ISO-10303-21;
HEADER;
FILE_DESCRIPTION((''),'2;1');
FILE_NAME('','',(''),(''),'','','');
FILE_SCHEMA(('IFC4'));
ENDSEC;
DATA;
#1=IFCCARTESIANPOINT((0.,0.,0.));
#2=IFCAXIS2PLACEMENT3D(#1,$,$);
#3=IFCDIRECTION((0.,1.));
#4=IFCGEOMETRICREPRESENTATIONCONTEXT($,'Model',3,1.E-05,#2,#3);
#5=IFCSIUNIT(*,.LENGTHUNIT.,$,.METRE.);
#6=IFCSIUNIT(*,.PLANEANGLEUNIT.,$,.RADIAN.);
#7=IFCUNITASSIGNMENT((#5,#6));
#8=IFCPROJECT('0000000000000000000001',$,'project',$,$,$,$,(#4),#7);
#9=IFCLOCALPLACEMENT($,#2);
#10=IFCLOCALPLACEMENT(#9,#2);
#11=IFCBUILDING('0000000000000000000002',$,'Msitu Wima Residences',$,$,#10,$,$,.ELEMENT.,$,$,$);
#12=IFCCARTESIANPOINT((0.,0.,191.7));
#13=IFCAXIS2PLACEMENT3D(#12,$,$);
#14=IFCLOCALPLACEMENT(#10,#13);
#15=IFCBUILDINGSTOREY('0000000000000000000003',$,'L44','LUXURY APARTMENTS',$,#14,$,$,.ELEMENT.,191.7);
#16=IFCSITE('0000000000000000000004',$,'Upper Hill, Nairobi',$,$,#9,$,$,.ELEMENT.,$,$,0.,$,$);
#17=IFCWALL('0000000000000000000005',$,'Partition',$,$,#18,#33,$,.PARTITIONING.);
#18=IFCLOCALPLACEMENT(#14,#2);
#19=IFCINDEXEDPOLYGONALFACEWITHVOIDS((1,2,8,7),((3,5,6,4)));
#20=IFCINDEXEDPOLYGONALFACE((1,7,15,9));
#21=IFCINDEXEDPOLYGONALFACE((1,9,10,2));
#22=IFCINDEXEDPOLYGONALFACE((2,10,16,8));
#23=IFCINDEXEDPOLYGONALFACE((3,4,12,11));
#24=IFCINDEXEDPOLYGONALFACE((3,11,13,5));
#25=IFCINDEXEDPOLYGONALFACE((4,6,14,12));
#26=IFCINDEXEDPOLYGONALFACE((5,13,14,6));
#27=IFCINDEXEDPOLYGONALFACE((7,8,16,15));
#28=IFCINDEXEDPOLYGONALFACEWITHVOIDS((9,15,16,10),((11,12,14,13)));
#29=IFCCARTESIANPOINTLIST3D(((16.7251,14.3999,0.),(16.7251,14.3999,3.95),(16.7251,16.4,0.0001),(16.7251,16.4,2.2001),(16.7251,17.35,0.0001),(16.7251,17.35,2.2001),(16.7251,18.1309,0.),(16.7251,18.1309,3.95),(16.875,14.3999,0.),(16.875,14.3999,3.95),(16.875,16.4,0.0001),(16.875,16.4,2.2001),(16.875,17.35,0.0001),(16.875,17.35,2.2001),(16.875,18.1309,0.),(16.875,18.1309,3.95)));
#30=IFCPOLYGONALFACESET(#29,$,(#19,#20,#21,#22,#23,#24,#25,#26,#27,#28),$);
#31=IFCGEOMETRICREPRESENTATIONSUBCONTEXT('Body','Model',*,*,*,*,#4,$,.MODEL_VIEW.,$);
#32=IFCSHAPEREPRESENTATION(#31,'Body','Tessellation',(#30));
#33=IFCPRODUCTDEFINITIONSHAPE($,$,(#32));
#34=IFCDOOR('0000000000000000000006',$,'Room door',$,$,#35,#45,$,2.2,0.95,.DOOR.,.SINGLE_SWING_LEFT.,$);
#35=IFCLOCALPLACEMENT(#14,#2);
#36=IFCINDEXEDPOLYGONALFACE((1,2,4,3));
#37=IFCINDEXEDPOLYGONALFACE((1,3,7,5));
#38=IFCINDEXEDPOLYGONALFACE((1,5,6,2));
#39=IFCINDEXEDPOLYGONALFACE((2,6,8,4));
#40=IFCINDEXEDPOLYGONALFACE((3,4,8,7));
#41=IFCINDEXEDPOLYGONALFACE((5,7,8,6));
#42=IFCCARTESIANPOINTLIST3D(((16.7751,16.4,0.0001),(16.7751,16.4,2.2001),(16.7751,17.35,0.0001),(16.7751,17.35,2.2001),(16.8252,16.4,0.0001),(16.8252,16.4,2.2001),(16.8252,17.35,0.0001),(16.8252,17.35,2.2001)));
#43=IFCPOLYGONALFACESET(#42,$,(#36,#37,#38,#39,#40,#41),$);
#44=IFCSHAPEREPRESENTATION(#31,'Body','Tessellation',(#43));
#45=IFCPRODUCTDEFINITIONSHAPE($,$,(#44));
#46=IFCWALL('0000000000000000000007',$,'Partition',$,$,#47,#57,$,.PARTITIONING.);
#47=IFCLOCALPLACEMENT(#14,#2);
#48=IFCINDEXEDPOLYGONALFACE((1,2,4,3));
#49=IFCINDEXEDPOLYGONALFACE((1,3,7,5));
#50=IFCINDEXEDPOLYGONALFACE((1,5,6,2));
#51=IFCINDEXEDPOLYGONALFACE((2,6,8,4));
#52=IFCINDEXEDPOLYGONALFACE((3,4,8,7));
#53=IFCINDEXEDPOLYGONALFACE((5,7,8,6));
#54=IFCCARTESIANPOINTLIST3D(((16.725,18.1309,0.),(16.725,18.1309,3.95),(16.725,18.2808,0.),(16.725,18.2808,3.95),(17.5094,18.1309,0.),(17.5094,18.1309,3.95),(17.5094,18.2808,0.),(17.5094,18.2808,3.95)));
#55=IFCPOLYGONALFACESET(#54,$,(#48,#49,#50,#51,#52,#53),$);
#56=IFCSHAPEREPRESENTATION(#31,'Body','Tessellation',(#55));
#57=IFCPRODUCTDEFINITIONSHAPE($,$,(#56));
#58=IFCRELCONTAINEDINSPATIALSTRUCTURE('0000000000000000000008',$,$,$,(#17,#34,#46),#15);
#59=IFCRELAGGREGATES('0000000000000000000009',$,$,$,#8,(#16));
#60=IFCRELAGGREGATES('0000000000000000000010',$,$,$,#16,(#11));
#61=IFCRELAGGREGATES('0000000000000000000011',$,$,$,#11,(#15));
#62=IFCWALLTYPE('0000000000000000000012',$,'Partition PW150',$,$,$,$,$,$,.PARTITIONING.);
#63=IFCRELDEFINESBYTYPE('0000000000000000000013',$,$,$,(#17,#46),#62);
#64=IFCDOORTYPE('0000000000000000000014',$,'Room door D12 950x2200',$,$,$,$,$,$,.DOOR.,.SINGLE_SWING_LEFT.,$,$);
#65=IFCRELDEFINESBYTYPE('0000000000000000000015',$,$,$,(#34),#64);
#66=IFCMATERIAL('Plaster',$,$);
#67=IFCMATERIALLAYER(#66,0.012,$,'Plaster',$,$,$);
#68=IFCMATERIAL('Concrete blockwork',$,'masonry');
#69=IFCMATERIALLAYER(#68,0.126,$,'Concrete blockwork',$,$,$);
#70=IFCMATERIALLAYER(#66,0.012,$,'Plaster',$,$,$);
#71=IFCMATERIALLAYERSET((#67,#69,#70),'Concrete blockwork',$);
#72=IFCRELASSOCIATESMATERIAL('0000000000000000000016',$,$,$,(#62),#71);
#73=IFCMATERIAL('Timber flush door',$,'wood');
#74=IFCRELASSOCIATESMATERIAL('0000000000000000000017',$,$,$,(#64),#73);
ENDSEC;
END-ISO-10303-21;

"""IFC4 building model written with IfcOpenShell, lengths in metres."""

from ifc_helpers import new_model, si_unit, direction, frame, frame_2d, origin, place, context, subcontext, project, spatial, rectangle, extrude, material, layer, layer_set, type_object, element, fill, save


model = new_model("IFC4")

# Units and contexts
model_context = context("Model", 3, precision=1e-05, world=origin(), true_north=direction((0.0, 1.0)))
body_context = subcontext(model_context, "Body", "Model", "MODEL_VIEW")
ifc_project = project(units=[si_unit("LENGTHUNIT", "METRE"), si_unit("PLANEANGLEUNIT", "RADIAN")], contexts=[model_context])

# Site, building, storey
site_placement = place(None, origin())
site = spatial("IfcSite", under=ifc_project, at=site_placement, Name="Upper Hill, Nairobi", CompositionType="ELEMENT", RefElevation=0.0)
building_placement = place(site_placement, origin())
building = spatial("IfcBuilding", under=site, at=building_placement, Name="Msitu Wima Residences", CompositionType="ELEMENT")
storey_placement = place(building_placement, frame((0.0, 0.0, 191.7)))
storey = spatial("IfcBuildingStorey", under=building, at=storey_placement, Name="L44", Description="LUXURY APARTMENTS", CompositionType="ELEMENT", Elevation=191.7)

# Shared definitions
ifc_material_1 = material(Name="Plaster")
ifc_material_2 = material(Name="Concrete blockwork", Category="masonry")

# Shared definitions
ifc_layer_1 = layer(ifc_material_1, 0.012, Name="Plaster")
ifc_layer_2 = layer(ifc_material_2, 0.126, Name="Concrete blockwork")
ifc_layer_3 = layer(ifc_material_1, 0.012, Name="Plaster")
ifc_layer_set_1 = layer_set([ifc_layer_1, ifc_layer_2, ifc_layer_3], Name="Concrete blockwork")
wall_type_1 = type_object("IfcWallType", Name="Partition PW150", PredefinedType="PARTITIONING", material=ifc_layer_set_1)
ifc_material_3 = material(Name="Timber flush door", Category="wood")
door_type_1 = type_object("IfcDoorType", Name="Room door D12 950x2200", OperationType="SINGLE_SWING_LEFT", PredefinedType="DOOR", material=ifc_material_3)

# Wall, opening, door
wall_1_placement = place(storey_placement, frame((16.8, 14.3999, 0.0), z_axis=(0.0, 0.0, 1.0), x_axis=(0.0, 1.0, 0.0)))
wall_1 = element("IfcWall", 1, at=wall_1_placement, inside=storey, type_object=wall_type_1, Name="Partition", PredefinedType="PARTITIONING", context=body_context, shape_type="SweptSolid", body=[
    extrude(rectangle(XDim=3.731, YDim=0.1499, at=frame_2d((1.8655, 0.0))), origin(), (0.0, 0.0, 1.0), 3.95),
])
opening_1_placement = place(wall_1_placement, frame((2.0, 0.0, 0.0)))
opening_1 = element("IfcOpeningElement", 2, at=opening_1_placement, cuts=wall_1, PredefinedType="OPENING", context=body_context, shape_type="SweptSolid", body=[
    extrude(rectangle(XDim=0.95, YDim=2.2, at=frame_2d((0.4751, 1.1001))), frame((0.0, 0.085, 0.0), z_axis=(0.0, -1.0, 0.0), x_axis=(1.0, 0.0, 0.0)), (0.0, 0.0, 1.0), 0.1699),
])
door_1_placement = place(opening_1_placement, origin())
door_1 = element("IfcDoor", 3, at=door_1_placement, inside=storey, type_object=door_type_1, Name="Room door", OperationType="SINGLE_SWING_LEFT", OverallHeight=2.2, OverallWidth=0.95, PredefinedType="DOOR", context=body_context, shape_type="SweptSolid", body=[
    extrude(rectangle(XDim=0.95, YDim=2.2, at=frame_2d((0.4751, 1.1001))), frame((0.0, 0.0249, 0.0), z_axis=(0.0, -1.0, 0.0), x_axis=(1.0, 0.0, 0.0)), (0.0, 0.0, 1.0), 0.05),
])
fill(opening_1, door_1)

# Wall
wall_2_placement = place(storey_placement, frame((16.7251, 18.2058, 0.0), z_axis=(0.0, 0.0, 1.0), x_axis=(1.0, 0.0, 0.0)))
element("IfcWall", 4, at=wall_2_placement, inside=storey, type_object=wall_type_1, Name="Partition", PredefinedType="PARTITIONING", context=body_context, shape_type="SweptSolid", body=[
    extrude(rectangle(XDim=0.7844, YDim=0.1499, at=frame_2d((0.3921, 0.0))), origin(), (0.0, 0.0, 1.0), 3.95),
])

save(model, "model.ifc")
